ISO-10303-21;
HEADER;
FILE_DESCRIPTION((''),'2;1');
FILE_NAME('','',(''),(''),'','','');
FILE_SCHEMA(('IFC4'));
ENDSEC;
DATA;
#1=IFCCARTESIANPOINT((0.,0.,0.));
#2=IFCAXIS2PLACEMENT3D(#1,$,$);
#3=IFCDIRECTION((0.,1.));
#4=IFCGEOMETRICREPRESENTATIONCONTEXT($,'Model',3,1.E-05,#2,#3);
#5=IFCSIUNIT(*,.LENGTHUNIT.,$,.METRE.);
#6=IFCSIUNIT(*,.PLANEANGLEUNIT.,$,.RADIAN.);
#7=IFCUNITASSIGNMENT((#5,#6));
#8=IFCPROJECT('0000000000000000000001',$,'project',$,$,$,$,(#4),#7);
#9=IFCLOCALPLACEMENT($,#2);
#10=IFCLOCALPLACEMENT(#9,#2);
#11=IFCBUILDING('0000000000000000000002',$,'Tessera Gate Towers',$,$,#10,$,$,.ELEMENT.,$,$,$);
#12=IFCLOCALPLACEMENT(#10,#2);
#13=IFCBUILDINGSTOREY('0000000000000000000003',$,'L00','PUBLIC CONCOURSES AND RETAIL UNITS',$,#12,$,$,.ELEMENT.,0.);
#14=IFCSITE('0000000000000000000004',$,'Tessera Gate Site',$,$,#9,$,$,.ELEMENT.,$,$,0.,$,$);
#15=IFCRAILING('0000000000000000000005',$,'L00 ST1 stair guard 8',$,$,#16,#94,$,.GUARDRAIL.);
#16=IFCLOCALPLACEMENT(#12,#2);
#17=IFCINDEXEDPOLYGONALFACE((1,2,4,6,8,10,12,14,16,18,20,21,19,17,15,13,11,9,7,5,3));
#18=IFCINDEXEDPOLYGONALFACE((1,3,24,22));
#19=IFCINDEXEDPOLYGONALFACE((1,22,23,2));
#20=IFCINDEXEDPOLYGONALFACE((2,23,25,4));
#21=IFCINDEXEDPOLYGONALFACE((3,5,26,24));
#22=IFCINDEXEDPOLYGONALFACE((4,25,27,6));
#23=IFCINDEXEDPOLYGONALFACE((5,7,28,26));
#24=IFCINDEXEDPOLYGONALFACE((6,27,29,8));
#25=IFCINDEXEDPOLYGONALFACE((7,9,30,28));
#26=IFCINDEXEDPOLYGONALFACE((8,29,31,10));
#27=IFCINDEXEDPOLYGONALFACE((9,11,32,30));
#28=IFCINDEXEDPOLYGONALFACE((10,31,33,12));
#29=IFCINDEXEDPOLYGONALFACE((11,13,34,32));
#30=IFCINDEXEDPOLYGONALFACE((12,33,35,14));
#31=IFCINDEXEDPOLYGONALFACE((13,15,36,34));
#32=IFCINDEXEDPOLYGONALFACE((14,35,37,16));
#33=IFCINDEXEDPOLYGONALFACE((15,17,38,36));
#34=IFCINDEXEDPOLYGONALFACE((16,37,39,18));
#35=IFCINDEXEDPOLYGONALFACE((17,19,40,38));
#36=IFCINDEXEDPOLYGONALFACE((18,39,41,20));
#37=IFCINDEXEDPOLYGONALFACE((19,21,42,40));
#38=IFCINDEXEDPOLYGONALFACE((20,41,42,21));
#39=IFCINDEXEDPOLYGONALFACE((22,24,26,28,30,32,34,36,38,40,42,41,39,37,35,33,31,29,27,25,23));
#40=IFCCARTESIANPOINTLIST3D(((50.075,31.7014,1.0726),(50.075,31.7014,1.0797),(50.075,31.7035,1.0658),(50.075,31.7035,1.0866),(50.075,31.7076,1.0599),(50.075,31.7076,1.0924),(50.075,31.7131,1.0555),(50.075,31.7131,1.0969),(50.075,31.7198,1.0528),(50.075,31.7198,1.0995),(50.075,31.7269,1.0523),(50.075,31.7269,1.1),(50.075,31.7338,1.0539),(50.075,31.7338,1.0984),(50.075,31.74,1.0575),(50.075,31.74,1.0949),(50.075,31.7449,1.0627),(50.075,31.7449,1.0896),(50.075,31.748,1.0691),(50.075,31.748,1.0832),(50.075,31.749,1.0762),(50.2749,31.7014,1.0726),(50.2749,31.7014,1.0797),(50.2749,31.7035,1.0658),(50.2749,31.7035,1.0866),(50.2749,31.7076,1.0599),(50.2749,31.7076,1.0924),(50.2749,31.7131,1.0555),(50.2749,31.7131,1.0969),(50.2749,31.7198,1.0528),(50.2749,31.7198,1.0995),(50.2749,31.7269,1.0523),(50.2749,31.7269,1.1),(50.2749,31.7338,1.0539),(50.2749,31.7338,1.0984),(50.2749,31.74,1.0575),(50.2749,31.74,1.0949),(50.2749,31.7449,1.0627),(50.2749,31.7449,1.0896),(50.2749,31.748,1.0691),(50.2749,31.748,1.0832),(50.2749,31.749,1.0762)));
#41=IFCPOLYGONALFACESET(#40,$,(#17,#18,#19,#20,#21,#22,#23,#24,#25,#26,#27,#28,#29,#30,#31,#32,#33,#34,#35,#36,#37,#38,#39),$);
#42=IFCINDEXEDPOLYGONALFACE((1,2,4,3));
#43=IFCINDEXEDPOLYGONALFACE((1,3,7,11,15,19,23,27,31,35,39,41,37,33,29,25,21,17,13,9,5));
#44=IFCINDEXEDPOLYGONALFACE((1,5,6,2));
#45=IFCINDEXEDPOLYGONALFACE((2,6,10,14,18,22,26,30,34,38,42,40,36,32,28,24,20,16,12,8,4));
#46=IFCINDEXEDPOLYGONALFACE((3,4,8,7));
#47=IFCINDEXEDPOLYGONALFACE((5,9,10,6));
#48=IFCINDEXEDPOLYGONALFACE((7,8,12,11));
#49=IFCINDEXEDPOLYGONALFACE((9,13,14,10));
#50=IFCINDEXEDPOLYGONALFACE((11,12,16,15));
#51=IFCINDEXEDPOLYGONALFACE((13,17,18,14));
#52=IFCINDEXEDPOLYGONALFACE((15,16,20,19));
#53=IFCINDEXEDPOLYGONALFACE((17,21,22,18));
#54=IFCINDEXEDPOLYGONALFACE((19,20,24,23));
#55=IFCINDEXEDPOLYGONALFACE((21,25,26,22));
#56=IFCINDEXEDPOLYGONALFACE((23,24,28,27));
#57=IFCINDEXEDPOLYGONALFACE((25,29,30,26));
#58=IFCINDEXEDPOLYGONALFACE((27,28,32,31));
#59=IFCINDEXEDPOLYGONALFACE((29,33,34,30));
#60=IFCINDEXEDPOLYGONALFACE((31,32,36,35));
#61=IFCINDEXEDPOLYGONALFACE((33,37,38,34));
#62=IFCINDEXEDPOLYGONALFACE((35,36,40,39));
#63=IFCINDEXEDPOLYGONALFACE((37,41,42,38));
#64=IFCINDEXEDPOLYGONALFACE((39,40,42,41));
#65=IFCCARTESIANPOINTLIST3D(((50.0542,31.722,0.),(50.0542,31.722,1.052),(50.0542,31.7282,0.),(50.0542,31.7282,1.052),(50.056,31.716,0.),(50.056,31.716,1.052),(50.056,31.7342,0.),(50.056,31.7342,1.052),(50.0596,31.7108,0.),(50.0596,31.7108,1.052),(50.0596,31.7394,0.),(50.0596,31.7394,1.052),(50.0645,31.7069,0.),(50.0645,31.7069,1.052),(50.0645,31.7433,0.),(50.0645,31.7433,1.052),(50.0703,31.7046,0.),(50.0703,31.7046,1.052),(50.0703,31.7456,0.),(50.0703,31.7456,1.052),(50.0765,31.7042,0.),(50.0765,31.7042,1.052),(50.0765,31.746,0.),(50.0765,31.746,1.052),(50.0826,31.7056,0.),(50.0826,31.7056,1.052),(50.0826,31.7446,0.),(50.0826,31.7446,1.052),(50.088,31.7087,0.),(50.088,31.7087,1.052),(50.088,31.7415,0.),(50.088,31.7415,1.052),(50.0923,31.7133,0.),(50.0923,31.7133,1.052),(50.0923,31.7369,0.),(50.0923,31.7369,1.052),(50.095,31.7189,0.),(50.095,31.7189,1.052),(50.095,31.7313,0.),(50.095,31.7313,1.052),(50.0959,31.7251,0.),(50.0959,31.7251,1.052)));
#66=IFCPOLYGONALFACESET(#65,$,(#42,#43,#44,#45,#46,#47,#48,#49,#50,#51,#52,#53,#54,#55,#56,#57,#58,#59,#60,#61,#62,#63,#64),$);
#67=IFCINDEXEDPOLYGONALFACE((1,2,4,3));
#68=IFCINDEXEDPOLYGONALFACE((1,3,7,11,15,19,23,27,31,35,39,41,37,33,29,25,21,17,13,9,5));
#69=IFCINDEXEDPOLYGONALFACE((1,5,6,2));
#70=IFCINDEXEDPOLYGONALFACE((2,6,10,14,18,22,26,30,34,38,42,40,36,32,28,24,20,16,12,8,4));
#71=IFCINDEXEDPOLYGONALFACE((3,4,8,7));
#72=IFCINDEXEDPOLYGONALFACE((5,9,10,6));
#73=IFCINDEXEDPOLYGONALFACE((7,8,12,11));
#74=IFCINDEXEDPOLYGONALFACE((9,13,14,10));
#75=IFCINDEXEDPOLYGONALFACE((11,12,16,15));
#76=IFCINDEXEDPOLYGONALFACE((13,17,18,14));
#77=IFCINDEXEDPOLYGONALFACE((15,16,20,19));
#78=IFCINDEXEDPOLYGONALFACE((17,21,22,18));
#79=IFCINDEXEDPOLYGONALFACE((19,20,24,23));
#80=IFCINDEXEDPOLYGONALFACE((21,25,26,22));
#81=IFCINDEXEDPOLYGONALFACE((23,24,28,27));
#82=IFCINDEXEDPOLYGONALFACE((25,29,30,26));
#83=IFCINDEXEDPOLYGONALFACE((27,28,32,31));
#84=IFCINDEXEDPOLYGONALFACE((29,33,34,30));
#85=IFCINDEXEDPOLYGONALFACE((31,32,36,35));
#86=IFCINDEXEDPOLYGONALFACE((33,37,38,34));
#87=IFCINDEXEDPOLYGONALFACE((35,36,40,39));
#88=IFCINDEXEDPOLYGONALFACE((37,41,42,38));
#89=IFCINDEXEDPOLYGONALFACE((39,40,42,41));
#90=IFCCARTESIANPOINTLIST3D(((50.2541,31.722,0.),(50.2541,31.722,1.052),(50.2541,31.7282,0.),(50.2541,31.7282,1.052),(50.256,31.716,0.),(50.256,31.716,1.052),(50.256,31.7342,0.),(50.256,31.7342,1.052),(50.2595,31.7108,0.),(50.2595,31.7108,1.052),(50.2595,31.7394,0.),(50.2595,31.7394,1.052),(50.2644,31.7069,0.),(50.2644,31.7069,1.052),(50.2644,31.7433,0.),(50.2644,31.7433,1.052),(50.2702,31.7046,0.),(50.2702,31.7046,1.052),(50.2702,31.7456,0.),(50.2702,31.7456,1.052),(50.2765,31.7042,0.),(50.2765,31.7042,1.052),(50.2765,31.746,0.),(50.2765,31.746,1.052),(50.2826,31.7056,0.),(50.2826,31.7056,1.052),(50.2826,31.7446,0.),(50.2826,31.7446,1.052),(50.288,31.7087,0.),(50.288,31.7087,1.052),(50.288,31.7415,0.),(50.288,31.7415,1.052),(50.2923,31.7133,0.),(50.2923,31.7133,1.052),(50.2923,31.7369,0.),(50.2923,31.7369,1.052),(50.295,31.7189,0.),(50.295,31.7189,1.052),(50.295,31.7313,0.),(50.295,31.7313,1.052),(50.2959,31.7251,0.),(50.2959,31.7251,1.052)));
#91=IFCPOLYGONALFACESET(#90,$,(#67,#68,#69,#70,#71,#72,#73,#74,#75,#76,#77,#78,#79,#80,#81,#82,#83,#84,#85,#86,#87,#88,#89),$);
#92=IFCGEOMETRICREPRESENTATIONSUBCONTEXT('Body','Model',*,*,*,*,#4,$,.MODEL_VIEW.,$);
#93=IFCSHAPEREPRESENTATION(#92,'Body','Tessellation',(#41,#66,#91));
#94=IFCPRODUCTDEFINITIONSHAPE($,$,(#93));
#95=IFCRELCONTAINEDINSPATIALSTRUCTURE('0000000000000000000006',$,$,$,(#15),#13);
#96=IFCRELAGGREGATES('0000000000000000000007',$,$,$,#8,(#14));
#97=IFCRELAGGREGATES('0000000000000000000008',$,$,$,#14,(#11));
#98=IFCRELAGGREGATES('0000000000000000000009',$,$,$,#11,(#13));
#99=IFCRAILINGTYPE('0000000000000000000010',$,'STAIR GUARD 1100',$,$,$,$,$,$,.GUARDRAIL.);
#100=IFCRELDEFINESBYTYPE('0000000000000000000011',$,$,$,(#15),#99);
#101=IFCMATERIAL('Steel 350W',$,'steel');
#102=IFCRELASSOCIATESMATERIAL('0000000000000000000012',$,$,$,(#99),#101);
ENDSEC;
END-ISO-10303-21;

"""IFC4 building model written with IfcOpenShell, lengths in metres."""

from ifc_helpers import new_model, si_unit, direction, frame, origin, origin_2d, place, context, subcontext, project, spatial, circle, extrude, material, type_object, element, save


model = new_model("IFC4")

# Units and contexts
model_context = context("Model", 3, precision=1e-05, world=origin(), true_north=direction((0.0, 1.0)))
body_context = subcontext(model_context, "Body", "Model", "MODEL_VIEW")
ifc_project = project(units=[si_unit("LENGTHUNIT", "METRE"), si_unit("PLANEANGLEUNIT", "RADIAN")], contexts=[model_context])

# Site, building, storey
site_placement = place(None, origin())
site = spatial("IfcSite", under=ifc_project, at=site_placement, Name="Tessera Gate Site", CompositionType="ELEMENT", RefElevation=0.0)
building_placement = place(site_placement, origin())
building = spatial("IfcBuilding", under=site, at=building_placement, Name="Tessera Gate Towers", CompositionType="ELEMENT")
storey_placement = place(building_placement, origin())
storey = spatial("IfcBuildingStorey", under=building, at=storey_placement, Name="L00", Description="PUBLIC CONCOURSES AND RETAIL UNITS", CompositionType="ELEMENT", Elevation=0.0)

# Railing
ifc_material_1 = material(Name="Steel 350W", Category="steel")
railing_type_1 = type_object("IfcRailingType", Name="STAIR GUARD 1100", PredefinedType="GUARDRAIL", material=ifc_material_1)
railing_1_placement = place(storey_placement, frame((50.075, 31.7251, 0.0)))
element("IfcRailing", 1, at=railing_1_placement, inside=storey, type_object=railing_type_1, Name="L00 ST1 stair guard 8", PredefinedType="GUARDRAIL", context=body_context, shape_type="SweptSolid", body=[
    extrude(circle(Radius=0.0239, at=origin_2d()), frame((0.0, 0.0, 1.0762), z_axis=(1.0, 0.0, 0.0), x_axis=(0.0, 1.0, 0.0)), (0.0, 0.0, 1.0), 0.2),
    extrude(circle(Radius=0.021, at=origin_2d()), origin(), (0.0, 0.0, 1.0), 1.052),
    extrude(circle(Radius=0.021, at=origin_2d()), frame((0.2, 0.0, 0.0)), (0.0, 0.0, 1.0), 1.052),
])

save(model, "model.ifc")
